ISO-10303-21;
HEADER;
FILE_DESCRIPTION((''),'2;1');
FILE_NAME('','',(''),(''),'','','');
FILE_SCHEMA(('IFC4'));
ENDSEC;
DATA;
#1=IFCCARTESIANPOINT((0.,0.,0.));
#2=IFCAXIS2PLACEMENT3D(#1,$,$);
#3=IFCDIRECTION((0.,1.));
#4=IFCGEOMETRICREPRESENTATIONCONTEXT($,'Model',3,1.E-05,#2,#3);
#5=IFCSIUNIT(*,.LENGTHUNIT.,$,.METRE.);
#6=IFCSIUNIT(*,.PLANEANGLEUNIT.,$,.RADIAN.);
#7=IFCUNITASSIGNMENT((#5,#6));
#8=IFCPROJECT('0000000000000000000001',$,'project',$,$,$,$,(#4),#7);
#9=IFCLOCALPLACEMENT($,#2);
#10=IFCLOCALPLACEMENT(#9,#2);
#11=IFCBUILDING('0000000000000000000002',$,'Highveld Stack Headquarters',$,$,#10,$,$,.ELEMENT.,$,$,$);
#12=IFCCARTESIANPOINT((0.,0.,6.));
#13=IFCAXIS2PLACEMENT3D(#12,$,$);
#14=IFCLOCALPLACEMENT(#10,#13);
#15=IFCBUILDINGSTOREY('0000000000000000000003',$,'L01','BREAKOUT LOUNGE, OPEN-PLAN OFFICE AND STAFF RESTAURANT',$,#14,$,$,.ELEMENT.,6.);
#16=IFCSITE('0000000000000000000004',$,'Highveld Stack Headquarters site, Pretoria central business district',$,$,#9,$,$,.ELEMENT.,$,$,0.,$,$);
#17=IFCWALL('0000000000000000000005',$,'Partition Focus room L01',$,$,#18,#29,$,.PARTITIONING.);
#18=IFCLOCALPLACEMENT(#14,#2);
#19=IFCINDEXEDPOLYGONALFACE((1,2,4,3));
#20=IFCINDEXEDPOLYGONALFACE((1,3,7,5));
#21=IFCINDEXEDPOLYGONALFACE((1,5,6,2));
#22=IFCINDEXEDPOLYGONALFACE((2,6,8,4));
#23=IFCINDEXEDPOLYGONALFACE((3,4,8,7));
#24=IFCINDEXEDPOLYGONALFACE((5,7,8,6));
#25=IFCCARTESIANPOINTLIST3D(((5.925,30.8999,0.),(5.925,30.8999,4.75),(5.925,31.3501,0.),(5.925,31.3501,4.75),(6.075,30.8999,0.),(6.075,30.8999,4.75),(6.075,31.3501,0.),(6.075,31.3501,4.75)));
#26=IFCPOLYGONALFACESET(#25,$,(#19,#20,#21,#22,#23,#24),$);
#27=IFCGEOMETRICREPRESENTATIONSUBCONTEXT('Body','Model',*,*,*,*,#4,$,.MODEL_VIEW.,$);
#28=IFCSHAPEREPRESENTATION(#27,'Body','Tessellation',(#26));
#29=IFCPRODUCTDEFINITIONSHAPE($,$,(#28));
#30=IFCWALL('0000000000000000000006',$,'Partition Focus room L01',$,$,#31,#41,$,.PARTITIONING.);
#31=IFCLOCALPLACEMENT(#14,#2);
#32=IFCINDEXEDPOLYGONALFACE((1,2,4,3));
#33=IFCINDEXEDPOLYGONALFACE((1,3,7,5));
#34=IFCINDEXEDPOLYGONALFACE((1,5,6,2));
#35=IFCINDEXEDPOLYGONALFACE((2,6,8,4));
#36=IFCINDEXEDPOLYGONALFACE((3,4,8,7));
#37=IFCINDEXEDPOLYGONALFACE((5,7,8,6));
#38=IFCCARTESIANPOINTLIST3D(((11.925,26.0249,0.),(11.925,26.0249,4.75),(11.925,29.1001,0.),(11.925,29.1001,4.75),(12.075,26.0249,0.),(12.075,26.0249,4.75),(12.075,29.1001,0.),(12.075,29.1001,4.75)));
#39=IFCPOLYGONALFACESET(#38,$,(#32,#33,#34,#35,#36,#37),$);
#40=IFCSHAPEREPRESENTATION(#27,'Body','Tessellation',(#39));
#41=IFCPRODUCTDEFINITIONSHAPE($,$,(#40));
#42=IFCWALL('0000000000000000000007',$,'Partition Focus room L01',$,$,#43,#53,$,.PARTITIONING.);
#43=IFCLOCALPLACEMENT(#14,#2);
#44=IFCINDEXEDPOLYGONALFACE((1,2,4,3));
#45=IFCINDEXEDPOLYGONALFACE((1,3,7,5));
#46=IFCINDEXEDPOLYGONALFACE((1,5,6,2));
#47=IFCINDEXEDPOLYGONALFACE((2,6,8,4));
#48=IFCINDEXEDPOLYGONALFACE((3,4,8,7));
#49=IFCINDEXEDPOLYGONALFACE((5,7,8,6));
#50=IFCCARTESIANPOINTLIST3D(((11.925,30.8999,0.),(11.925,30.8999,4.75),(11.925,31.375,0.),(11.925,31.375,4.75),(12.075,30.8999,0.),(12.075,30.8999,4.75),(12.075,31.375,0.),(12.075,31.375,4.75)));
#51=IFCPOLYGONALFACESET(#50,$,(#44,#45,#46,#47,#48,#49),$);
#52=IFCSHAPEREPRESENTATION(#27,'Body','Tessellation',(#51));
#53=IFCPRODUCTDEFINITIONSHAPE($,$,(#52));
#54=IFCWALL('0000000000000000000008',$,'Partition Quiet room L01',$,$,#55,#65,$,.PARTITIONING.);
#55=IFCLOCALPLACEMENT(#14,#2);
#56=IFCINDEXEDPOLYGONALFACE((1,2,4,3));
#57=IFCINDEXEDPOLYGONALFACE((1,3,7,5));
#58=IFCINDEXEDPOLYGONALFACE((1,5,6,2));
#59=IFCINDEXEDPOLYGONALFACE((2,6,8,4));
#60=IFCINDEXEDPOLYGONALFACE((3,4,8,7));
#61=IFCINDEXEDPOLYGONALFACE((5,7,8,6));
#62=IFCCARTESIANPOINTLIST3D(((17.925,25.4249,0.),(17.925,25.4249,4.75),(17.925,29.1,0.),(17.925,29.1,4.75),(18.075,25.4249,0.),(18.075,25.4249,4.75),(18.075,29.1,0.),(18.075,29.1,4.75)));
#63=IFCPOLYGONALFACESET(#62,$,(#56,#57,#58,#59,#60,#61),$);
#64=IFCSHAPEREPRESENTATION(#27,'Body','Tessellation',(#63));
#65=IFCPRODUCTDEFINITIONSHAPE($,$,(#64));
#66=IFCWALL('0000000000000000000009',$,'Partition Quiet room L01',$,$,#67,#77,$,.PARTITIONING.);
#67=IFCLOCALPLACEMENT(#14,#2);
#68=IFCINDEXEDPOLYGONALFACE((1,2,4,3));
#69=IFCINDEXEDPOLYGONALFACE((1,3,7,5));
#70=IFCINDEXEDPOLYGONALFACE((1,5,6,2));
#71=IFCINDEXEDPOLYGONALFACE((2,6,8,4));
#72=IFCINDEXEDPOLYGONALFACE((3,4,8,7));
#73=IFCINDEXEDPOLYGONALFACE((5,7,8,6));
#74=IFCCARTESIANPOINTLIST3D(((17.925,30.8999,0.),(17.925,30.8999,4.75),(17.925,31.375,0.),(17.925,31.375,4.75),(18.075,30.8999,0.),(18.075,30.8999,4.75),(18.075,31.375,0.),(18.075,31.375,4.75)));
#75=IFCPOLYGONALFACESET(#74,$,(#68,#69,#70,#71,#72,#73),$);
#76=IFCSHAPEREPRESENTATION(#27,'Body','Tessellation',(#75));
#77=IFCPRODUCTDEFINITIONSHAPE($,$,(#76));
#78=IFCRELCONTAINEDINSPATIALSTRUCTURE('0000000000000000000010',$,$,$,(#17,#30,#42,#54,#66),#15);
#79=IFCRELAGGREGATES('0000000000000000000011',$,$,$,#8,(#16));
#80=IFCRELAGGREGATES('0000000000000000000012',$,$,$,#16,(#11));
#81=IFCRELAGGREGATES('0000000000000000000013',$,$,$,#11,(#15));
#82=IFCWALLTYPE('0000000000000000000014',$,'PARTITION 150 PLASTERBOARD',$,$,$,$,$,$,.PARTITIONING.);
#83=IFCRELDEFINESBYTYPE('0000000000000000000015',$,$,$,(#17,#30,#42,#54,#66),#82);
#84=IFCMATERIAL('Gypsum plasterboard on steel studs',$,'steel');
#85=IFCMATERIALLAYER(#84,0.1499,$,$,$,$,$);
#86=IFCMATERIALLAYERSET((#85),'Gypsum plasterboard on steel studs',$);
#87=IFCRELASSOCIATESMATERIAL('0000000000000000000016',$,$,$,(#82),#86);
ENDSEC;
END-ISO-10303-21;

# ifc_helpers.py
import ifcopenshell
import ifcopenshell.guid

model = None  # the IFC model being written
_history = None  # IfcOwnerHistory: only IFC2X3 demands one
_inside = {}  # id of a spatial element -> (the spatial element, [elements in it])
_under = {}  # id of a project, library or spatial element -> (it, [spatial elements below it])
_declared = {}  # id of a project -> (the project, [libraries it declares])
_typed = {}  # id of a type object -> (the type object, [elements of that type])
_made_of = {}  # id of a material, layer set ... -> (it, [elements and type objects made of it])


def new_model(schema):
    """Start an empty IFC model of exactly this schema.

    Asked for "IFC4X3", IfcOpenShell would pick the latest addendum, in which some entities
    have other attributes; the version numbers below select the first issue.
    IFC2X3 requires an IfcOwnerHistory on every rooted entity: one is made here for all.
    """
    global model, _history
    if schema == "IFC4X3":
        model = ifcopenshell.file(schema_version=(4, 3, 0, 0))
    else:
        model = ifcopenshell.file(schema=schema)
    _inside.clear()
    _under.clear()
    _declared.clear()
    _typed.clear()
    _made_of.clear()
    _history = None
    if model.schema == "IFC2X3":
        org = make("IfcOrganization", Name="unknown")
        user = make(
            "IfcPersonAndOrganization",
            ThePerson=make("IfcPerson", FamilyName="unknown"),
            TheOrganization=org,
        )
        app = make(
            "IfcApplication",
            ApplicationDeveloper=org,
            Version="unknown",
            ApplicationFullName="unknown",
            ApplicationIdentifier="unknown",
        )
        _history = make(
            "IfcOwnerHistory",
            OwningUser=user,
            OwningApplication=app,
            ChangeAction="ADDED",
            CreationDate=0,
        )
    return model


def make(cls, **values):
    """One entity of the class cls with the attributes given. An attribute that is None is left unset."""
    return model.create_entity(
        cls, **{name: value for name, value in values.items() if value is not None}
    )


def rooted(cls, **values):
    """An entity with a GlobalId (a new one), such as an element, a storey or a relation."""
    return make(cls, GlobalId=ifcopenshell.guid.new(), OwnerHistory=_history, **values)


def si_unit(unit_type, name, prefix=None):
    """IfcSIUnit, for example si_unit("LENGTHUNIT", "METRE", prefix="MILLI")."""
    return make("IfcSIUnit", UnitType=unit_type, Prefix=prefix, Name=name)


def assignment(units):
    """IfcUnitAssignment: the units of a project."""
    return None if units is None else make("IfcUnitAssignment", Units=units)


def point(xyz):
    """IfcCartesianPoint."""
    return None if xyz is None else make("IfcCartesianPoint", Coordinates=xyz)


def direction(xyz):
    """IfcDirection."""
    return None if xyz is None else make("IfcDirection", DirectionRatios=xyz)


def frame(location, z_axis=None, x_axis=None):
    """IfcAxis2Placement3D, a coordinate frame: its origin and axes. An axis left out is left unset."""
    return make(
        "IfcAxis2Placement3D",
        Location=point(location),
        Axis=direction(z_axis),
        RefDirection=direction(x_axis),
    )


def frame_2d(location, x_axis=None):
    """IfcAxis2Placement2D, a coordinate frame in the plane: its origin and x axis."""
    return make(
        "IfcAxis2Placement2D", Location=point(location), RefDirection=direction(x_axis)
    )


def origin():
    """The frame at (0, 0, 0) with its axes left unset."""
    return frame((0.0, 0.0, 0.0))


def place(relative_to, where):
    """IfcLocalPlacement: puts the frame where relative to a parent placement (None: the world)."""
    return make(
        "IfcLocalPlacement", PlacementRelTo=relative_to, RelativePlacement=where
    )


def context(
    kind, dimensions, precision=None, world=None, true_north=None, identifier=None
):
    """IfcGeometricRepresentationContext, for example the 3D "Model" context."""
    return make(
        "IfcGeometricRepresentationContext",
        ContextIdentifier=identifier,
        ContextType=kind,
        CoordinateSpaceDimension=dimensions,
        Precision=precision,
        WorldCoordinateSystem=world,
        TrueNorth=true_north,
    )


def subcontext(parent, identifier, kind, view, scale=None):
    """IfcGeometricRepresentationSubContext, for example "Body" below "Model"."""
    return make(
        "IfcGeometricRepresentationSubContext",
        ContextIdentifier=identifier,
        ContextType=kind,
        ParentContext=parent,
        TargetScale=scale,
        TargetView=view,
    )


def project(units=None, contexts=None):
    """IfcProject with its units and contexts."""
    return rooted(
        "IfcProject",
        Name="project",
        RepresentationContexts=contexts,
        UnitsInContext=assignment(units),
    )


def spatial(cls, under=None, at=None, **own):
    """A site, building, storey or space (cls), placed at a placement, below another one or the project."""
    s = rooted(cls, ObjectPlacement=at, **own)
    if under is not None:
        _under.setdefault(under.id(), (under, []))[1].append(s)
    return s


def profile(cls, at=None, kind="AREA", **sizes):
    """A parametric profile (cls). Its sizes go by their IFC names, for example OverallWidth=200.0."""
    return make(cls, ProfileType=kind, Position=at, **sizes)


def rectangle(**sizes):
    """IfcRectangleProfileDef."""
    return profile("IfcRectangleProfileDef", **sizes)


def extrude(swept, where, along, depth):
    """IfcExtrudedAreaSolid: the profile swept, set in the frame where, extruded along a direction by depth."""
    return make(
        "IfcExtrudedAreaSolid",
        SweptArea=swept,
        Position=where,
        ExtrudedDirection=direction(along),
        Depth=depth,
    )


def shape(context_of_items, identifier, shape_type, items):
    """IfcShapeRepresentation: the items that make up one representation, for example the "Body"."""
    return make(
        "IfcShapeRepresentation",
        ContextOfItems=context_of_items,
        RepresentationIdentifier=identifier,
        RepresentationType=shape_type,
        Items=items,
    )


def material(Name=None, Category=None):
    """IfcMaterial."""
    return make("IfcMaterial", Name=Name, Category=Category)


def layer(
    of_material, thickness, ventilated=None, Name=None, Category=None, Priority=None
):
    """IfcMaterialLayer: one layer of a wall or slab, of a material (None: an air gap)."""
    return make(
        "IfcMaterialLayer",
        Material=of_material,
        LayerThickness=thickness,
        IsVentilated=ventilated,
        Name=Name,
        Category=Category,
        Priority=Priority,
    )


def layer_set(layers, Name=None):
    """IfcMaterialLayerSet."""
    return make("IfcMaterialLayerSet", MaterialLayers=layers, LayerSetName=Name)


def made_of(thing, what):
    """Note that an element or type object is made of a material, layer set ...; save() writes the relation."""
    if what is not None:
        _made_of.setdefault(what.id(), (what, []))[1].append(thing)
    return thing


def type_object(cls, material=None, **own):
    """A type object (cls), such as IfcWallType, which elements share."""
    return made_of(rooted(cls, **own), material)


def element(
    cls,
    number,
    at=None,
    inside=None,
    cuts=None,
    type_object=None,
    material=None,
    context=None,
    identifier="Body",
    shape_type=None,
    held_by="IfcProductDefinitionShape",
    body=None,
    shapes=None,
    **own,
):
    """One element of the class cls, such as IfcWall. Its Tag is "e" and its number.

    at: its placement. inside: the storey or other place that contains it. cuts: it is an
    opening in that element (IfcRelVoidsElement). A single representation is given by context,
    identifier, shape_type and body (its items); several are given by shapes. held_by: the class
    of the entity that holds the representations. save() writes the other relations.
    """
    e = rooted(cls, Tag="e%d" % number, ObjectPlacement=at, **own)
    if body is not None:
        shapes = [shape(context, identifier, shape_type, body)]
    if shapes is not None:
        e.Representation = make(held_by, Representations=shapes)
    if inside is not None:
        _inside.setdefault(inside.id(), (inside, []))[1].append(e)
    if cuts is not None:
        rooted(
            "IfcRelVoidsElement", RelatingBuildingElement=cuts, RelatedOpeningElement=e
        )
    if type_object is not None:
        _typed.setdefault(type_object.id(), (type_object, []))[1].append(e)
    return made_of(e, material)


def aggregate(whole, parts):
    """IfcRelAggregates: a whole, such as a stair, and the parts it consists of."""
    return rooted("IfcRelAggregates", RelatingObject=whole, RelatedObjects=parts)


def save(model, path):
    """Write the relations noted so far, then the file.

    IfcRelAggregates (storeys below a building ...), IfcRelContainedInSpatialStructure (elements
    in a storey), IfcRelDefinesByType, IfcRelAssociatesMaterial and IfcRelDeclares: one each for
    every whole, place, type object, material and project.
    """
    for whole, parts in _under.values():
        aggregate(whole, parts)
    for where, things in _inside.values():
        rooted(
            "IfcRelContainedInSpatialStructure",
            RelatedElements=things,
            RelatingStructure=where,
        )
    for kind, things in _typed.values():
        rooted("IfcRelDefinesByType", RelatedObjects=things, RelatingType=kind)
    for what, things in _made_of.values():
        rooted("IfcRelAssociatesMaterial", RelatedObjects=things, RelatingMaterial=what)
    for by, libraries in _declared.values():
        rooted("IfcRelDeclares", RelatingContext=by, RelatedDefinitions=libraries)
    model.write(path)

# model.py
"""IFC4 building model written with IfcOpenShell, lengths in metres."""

from ifc_helpers import new_model, si_unit, direction, frame, frame_2d, origin, place, context, subcontext, project, spatial, rectangle, extrude, material, layer, layer_set, type_object, element, save


model = new_model("IFC4")

# Units and contexts
model_context = context("Model", 3, precision=1e-05, world=origin(), true_north=direction((0.0, 1.0)))
body_context = subcontext(model_context, "Body", "Model", "MODEL_VIEW")
ifc_project = project(units=[si_unit("LENGTHUNIT", "METRE"), si_unit("PLANEANGLEUNIT", "RADIAN")], contexts=[model_context])

# Site, building, storey
site_placement = place(None, origin())
site = spatial("IfcSite", under=ifc_project, at=site_placement, Name="Highveld Stack Headquarters site, Pretoria central business district", CompositionType="ELEMENT", RefElevation=0.0)
building_placement = place(site_placement, origin())
building = spatial("IfcBuilding", under=site, at=building_placement, Name="Highveld Stack Headquarters", CompositionType="ELEMENT")
storey_placement = place(building_placement, frame((0.0, 0.0, 6.0)))
storey = spatial("IfcBuildingStorey", under=building, at=storey_placement, Name="L01", Description="BREAKOUT LOUNGE, OPEN-PLAN OFFICE AND STAFF RESTAURANT", CompositionType="ELEMENT", Elevation=6.0)

# Shared definitions
ifc_material_1 = material(Name="Gypsum plasterboard on steel studs", Category="steel")
ifc_layer_1 = layer(ifc_material_1, 0.1499)
ifc_layer_set_1 = layer_set([ifc_layer_1], Name="Gypsum plasterboard on steel studs")
wall_type = type_object("IfcWallType", Name="PARTITION 150 PLASTERBOARD", PredefinedType="PARTITIONING", material=ifc_layer_set_1)

# Walls
wall_1_placement = place(storey_placement, frame((6.0, 30.8999, 0.0), z_axis=(0.0, 0.0, 1.0), x_axis=(0.0, 1.0, 0.0)))
element("IfcWall", 1, at=wall_1_placement, inside=storey, type_object=wall_type, Name="Partition Focus room L01", PredefinedType="PARTITIONING", context=body_context, shape_type="SweptSolid", body=[
    extrude(rectangle(XDim=0.4502, YDim=0.1499, at=frame_2d((0.2251, 0.0))), origin(), (0.0, 0.0, 1.0), 4.75),
])
wall_2_placement = place(storey_placement, frame((12.0, 26.0249, 0.0), z_axis=(0.0, 0.0, 1.0), x_axis=(0.0, 1.0, 0.0)))
element("IfcWall", 2, at=wall_2_placement, inside=storey, type_object=wall_type, Name="Partition Focus room L01", PredefinedType="PARTITIONING", context=body_context, shape_type="SweptSolid", body=[
    extrude(rectangle(XDim=3.0752, YDim=0.1499, at=frame_2d((1.5376, 0.0))), origin(), (0.0, 0.0, 1.0), 4.75),
])
wall_3_placement = place(storey_placement, frame((12.0, 30.8999, 0.0), z_axis=(0.0, 0.0, 1.0), x_axis=(0.0, 1.0, 0.0)))
element("IfcWall", 3, at=wall_3_placement, inside=storey, type_object=wall_type, Name="Partition Focus room L01", PredefinedType="PARTITIONING", context=body_context, shape_type="SweptSolid", body=[
    extrude(rectangle(XDim=0.4751, YDim=0.1499, at=frame_2d((0.2375, 0.0))), origin(), (0.0, 0.0, 1.0), 4.75),
])
wall_4_placement = place(storey_placement, frame((18.0, 25.425, 0.0), z_axis=(0.0, 0.0, 1.0), x_axis=(0.0, 1.0, 0.0)))
element("IfcWall", 4, at=wall_4_placement, inside=storey, type_object=wall_type, Name="Partition Quiet room L01", PredefinedType="PARTITIONING", context=body_context, shape_type="SweptSolid", body=[
    extrude(rectangle(XDim=3.675, YDim=0.1499, at=frame_2d((1.8374, 0.0))), origin(), (0.0, 0.0, 1.0), 4.75),
])
wall_5_placement = place(storey_placement, frame((18.0, 30.8999, 0.0), z_axis=(0.0, 0.0, 1.0), x_axis=(0.0, 1.0, 0.0)))
element("IfcWall", 5, at=wall_5_placement, inside=storey, type_object=wall_type, Name="Partition Quiet room L01", PredefinedType="PARTITIONING", context=body_context, shape_type="SweptSolid", body=[
    extrude(rectangle(XDim=0.4751, YDim=0.1499, at=frame_2d((0.2375, 0.0))), origin(), (0.0, 0.0, 1.0), 4.75),
])

save(model, "model.ifc")
